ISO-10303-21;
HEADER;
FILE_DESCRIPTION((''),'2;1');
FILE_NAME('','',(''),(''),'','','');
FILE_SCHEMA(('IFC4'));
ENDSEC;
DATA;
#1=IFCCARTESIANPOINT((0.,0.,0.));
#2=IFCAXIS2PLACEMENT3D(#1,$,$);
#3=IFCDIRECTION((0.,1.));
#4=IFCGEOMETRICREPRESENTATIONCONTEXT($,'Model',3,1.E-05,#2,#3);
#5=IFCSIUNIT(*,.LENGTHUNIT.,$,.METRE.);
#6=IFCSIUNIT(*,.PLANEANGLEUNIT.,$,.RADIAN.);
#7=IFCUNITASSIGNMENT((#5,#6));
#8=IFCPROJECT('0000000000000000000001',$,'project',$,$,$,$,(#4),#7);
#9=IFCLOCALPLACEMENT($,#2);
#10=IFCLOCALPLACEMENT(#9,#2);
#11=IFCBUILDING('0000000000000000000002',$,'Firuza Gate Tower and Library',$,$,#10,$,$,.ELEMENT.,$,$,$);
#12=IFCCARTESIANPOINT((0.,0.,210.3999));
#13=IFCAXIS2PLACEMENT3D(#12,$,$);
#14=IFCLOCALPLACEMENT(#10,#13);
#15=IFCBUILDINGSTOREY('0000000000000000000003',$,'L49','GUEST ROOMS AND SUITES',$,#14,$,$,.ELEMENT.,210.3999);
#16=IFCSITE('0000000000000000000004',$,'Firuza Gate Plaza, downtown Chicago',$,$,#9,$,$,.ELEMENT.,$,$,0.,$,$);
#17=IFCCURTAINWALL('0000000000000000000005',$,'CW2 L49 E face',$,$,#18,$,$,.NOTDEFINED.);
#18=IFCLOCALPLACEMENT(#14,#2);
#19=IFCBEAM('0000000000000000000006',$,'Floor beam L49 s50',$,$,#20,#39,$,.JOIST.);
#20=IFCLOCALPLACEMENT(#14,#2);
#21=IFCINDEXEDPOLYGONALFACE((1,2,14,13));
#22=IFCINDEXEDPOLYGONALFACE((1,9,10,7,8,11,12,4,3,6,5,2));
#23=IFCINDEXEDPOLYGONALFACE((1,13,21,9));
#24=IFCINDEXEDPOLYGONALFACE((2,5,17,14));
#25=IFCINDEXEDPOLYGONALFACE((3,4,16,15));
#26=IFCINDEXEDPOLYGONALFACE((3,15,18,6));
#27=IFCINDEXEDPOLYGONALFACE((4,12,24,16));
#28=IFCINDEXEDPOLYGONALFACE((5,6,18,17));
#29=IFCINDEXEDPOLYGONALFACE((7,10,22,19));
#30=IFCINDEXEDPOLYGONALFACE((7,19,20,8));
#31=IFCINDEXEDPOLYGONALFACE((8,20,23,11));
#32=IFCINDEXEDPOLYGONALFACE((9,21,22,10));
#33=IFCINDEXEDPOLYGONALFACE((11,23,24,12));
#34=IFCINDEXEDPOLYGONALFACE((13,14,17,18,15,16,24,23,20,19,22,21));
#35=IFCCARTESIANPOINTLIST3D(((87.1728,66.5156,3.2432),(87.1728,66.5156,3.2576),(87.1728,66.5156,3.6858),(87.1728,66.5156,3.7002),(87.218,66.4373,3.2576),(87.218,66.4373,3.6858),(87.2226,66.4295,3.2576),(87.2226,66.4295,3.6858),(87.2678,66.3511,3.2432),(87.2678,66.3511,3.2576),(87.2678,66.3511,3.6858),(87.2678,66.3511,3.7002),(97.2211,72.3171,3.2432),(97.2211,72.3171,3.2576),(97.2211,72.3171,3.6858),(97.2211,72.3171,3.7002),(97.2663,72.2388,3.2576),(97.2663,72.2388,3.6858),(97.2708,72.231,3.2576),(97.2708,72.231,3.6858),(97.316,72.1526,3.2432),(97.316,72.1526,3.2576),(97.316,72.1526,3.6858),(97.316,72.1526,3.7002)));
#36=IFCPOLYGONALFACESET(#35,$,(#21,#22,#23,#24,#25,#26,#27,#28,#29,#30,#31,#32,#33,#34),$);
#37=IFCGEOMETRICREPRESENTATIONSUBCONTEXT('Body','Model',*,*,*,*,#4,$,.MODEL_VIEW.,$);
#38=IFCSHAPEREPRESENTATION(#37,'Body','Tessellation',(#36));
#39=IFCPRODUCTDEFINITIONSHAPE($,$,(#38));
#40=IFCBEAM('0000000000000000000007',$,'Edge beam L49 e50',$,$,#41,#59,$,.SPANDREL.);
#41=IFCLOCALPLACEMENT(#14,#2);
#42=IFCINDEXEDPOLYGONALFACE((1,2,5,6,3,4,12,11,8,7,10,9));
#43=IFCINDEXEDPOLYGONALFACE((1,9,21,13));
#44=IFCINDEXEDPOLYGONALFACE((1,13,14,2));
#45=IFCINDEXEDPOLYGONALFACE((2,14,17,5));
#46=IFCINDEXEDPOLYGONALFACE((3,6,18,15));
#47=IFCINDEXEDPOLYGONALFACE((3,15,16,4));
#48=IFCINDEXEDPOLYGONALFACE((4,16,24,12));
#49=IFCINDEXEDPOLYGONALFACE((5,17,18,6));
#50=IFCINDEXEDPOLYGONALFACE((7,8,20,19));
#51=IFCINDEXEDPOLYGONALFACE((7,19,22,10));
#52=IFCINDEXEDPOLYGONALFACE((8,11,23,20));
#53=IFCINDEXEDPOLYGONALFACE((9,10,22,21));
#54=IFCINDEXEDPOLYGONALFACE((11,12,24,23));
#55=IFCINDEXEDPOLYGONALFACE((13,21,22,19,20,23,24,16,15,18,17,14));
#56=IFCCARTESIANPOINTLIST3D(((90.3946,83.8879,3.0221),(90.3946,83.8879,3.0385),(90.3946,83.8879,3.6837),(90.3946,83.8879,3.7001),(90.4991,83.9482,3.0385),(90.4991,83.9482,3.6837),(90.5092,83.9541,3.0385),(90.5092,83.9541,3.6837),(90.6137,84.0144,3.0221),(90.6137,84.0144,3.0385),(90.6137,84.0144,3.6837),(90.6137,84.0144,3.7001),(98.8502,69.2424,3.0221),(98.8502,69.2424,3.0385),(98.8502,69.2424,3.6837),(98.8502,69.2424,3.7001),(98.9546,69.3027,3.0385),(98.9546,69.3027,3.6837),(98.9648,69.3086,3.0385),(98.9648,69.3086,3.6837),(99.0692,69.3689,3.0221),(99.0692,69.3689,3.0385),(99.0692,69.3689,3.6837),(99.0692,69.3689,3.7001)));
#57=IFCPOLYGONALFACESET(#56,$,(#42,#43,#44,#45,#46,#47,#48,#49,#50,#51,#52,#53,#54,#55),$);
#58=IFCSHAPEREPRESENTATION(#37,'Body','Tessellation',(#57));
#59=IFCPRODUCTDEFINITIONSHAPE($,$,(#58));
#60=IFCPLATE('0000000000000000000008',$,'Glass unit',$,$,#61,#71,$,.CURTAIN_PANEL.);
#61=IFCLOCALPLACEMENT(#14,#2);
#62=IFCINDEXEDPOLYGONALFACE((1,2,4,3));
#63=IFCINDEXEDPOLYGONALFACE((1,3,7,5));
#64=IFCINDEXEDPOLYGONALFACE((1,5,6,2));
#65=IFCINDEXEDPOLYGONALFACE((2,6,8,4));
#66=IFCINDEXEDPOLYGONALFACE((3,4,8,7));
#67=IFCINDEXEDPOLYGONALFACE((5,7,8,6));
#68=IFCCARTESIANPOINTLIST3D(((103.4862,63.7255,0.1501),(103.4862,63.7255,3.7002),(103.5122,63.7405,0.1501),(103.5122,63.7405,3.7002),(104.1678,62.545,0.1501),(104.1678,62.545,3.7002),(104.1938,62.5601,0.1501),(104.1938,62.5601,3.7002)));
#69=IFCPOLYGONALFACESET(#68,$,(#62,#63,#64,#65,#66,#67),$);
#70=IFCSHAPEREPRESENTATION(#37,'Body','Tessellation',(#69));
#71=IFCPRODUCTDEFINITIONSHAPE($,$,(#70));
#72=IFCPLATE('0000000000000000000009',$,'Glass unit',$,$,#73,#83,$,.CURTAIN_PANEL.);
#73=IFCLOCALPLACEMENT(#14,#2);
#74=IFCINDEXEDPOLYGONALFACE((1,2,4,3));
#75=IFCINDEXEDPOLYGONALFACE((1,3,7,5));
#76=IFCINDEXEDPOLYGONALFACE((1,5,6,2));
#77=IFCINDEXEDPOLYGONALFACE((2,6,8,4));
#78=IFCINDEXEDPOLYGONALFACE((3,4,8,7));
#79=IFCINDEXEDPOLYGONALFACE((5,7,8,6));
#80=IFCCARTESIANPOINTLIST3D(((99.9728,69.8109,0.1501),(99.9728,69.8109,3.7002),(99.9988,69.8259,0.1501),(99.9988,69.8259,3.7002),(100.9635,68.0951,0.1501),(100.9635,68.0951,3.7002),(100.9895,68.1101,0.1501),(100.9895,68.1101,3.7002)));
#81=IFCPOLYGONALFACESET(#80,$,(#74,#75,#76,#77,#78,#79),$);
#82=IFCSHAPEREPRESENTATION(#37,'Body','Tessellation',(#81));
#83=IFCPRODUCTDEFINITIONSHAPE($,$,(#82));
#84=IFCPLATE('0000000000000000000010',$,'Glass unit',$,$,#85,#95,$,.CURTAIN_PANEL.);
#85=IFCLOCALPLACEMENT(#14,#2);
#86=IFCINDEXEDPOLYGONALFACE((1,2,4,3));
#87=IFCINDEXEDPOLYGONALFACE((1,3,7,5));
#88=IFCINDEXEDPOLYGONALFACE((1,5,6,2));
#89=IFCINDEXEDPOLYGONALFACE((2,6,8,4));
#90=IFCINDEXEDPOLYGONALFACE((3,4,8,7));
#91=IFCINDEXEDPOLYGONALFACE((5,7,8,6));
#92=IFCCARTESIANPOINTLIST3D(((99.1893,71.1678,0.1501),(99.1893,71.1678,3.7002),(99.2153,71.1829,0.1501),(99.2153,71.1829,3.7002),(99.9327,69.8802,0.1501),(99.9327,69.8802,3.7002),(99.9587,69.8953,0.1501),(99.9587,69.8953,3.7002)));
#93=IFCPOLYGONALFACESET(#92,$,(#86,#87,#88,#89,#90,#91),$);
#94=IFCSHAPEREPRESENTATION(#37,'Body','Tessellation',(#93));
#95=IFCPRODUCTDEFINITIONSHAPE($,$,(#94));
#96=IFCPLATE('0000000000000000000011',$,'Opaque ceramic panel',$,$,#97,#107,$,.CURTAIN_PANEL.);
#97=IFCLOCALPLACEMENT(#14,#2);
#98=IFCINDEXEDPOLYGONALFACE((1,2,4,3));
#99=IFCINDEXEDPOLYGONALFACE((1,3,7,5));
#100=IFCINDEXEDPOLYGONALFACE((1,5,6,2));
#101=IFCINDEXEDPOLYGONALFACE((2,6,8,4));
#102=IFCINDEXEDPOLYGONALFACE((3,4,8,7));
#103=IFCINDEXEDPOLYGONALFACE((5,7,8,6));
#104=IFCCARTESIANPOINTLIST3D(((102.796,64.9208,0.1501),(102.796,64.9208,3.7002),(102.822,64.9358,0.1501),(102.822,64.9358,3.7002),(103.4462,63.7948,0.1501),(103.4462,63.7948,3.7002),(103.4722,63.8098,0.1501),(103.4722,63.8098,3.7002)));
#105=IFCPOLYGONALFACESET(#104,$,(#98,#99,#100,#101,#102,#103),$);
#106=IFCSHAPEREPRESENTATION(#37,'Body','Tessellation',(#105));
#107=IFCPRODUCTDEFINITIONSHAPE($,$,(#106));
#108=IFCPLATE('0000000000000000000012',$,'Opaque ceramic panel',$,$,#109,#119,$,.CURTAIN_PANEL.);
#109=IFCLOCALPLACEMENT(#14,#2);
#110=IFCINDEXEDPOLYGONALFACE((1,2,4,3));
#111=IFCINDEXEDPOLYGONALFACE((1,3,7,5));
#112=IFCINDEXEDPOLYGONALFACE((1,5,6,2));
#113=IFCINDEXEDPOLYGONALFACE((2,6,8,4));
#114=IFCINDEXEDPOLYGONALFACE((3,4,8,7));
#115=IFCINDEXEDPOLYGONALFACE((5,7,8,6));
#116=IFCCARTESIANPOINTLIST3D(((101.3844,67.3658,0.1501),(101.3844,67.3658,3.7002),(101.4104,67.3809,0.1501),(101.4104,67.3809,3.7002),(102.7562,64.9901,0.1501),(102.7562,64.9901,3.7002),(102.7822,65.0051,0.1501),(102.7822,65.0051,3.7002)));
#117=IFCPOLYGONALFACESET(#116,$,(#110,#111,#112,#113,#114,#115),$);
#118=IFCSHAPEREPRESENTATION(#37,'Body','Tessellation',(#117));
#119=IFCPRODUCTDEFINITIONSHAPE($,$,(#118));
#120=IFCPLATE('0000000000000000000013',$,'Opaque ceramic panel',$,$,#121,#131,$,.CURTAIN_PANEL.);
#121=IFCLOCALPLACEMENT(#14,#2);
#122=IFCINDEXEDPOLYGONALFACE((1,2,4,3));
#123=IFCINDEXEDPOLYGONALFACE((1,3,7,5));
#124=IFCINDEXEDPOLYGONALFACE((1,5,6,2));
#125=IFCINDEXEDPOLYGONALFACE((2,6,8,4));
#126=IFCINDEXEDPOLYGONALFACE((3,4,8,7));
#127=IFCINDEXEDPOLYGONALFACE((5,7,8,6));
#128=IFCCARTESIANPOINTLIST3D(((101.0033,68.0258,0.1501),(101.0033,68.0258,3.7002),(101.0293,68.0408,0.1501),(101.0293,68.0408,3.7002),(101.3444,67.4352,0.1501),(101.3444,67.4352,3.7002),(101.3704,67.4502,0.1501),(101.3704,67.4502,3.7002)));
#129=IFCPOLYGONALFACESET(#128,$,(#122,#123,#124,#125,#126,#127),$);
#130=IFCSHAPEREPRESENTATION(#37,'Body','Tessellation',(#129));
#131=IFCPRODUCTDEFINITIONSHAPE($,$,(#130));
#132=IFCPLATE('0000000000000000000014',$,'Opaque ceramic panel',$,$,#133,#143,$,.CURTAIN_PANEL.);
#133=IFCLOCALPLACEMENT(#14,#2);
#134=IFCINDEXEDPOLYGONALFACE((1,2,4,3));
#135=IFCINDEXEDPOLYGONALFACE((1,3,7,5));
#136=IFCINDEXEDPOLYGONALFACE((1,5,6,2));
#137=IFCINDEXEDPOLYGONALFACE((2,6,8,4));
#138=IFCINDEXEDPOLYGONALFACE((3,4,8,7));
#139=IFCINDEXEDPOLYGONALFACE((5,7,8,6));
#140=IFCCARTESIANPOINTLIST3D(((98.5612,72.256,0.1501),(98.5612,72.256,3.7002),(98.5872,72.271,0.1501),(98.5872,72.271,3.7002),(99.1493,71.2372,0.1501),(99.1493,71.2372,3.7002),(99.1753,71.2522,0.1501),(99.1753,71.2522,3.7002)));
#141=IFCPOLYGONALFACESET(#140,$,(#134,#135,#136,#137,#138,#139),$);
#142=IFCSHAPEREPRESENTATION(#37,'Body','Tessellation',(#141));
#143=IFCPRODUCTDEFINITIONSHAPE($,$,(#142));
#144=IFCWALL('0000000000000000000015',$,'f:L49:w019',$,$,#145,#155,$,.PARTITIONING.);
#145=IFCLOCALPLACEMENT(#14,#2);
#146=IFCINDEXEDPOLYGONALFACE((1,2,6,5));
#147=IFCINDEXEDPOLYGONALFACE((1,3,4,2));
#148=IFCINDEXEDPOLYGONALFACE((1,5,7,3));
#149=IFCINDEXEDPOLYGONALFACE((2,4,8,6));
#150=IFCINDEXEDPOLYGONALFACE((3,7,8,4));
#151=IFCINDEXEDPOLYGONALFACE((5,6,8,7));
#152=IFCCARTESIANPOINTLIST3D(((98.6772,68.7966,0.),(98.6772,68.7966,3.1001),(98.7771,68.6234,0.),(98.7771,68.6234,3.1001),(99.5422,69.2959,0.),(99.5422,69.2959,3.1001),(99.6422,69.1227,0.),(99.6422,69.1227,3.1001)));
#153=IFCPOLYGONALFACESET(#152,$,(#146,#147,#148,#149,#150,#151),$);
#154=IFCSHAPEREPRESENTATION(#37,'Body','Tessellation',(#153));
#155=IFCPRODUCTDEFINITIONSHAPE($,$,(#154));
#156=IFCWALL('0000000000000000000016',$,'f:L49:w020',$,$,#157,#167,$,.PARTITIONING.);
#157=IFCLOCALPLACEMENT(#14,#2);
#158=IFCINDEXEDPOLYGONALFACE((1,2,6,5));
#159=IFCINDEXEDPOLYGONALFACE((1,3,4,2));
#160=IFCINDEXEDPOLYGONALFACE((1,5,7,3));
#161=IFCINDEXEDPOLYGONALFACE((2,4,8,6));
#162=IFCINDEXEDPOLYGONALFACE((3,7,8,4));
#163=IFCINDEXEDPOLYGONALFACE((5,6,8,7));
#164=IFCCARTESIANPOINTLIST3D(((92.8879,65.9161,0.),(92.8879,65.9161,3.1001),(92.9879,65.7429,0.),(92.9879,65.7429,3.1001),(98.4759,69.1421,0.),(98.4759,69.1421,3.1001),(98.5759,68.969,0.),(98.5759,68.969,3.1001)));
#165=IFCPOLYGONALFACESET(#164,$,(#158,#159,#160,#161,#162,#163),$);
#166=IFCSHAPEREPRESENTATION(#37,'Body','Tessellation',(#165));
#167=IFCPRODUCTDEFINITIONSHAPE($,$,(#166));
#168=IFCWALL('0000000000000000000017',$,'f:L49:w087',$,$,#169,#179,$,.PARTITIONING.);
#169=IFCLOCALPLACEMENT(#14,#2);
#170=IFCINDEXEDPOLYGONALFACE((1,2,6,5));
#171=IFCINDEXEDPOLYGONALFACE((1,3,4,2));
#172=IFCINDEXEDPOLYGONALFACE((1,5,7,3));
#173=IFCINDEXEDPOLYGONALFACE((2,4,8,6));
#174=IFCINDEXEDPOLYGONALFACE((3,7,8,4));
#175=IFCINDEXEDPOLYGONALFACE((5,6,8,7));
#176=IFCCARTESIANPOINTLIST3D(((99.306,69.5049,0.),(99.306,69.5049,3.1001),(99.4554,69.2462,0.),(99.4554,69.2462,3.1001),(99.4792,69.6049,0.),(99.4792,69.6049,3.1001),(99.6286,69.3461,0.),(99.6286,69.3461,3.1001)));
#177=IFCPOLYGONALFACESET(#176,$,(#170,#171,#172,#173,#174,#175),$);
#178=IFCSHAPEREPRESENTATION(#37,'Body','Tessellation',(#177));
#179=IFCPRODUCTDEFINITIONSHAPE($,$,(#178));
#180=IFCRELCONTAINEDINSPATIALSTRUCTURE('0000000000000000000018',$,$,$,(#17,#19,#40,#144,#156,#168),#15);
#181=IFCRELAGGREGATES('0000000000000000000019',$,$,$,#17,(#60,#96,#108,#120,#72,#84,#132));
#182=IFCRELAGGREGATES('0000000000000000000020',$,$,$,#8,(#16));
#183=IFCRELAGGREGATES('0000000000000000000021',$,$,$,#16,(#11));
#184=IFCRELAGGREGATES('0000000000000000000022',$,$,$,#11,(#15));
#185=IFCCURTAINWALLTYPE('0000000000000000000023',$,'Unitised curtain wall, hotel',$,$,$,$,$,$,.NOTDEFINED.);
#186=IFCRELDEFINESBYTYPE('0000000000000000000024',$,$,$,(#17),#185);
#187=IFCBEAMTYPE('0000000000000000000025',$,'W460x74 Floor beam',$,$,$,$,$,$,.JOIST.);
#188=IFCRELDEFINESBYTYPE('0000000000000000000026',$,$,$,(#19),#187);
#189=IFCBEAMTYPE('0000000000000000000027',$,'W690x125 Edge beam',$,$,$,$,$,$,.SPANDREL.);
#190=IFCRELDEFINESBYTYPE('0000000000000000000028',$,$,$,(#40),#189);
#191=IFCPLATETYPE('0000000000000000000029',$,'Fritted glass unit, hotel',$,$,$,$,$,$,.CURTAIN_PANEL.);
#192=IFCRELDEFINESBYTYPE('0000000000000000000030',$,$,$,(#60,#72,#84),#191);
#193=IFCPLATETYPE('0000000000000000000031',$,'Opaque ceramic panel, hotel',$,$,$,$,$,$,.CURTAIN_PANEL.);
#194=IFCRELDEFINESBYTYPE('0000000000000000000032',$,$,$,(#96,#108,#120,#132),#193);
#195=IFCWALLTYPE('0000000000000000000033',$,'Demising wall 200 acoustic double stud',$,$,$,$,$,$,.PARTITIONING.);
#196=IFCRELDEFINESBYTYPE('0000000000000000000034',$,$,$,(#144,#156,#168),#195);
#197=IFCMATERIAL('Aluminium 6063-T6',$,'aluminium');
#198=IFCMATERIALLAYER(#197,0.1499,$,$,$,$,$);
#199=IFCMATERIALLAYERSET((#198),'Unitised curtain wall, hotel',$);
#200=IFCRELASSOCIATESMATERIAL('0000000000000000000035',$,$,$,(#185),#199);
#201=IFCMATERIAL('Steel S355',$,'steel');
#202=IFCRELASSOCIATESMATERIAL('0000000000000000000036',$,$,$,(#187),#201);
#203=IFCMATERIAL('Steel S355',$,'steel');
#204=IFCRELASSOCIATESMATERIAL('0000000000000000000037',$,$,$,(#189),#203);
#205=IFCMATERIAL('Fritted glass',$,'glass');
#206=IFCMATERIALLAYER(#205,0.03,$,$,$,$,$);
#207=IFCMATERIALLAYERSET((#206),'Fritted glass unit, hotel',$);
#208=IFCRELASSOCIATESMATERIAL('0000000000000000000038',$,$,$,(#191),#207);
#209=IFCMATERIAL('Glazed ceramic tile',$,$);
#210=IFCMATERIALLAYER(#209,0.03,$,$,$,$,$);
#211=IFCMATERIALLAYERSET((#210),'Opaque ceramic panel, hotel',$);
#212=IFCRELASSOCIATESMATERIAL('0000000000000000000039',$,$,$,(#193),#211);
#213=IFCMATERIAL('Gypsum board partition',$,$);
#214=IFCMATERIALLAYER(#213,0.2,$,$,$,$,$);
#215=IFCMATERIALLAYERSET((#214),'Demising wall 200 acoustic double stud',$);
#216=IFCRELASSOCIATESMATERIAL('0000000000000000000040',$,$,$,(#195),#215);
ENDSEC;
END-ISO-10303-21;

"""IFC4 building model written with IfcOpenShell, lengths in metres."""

from ifc_helpers import new_model, si_unit, direction, frame, frame_2d, origin, origin_2d, place, context, subcontext, project, spatial, polyline, rectangle, i_section, outline, extrude, material, layer, layer_set, material_profile, profile_set, type_object, element, aggregate, save


model = new_model("IFC4")

# Units and contexts
model_context = context("Model", 3, precision=1e-05, world=origin(), true_north=direction((0.0, 1.0)))
body_context = subcontext(model_context, "Body", "Model", "MODEL_VIEW")
ifc_project = project(units=[si_unit("LENGTHUNIT", "METRE"), si_unit("PLANEANGLEUNIT", "RADIAN")], contexts=[model_context])

# Site, building, storey
site_placement = place(None, origin())
site = spatial("IfcSite", under=ifc_project, at=site_placement, Name="Firuza Gate Plaza, downtown Chicago", CompositionType="ELEMENT", RefElevation=0.0)
building_placement = place(site_placement, origin())
building = spatial("IfcBuilding", under=site, at=building_placement, Name="Firuza Gate Tower and Library", CompositionType="ELEMENT")
storey_placement = place(building_placement, frame((0.0, 0.0, 210.3999)))
storey = spatial("IfcBuildingStorey", under=building, at=storey_placement, Name="L49", Description="GUEST ROOMS AND SUITES", CompositionType="ELEMENT", Elevation=210.3999)

# Curtain wall
ifc_material_1 = material(Name="Aluminium 6063-T6", Category="aluminium")
ifc_layer_1 = layer(ifc_material_1, 0.1499)
ifc_layer_set_1 = layer_set([ifc_layer_1], Name="Unitised curtain wall, hotel")
curtain_wall_type = type_object("IfcCurtainWallType", Name="Unitised curtain wall, hotel", PredefinedType="NOTDEFINED", material=ifc_layer_set_1)
curtain_wall_placement = place(storey_placement, origin())
curtain_wall = element("IfcCurtainWall", 1, at=curtain_wall_placement, inside=storey, type_object=curtain_wall_type, Name="CW2 L49 E face", PredefinedType="NOTDEFINED")

# Beams
ifc_material_2 = material(Name="Steel S355", Category="steel")
ifc_material_profile_1 = material_profile(ifc_material_2, i_section(OverallWidth=0.1899, OverallDepth=0.457, WebThickness=0.009, FlangeThickness=0.0144, at=origin_2d()))
ifc_profile_set_1 = profile_set([ifc_material_profile_1], Name="Steel S355")
beam_type_1 = type_object("IfcBeamType", Name="W460x74 Floor beam", PredefinedType="JOIST", material=ifc_profile_set_1)
beam_1_placement = place(storey_placement, frame((97.2686, 72.2349, 3.4717), z_axis=(-0.866022, -0.500007, 0.0), x_axis=(0.500007, -0.866022, 0.0)))
element("IfcBeam", 2, at=beam_1_placement, inside=storey, type_object=beam_type_1, Name="Floor beam L49 s50", PredefinedType="JOIST", context=body_context, shape_type="SweptSolid", body=[
    extrude(i_section(OverallWidth=0.1899, OverallDepth=0.457, WebThickness=0.009, FlangeThickness=0.0144, at=origin_2d()), origin(), (0.0, 0.0, 1.0), 11.6028),
])
ifc_material_3 = material(Name="Steel S355", Category="steel")
ifc_material_profile_2 = material_profile(ifc_material_3, i_section(OverallWidth=0.2529, OverallDepth=0.678, WebThickness=0.0117, FlangeThickness=0.0164, at=origin_2d()))
ifc_profile_set_2 = profile_set([ifc_material_profile_2], Name="Steel S355")
beam_type_2 = type_object("IfcBeamType", Name="W690x125 Edge beam", PredefinedType="SPANDREL", material=ifc_profile_set_2)
beam_2_placement = place(storey_placement, frame((98.9597, 69.3057, 3.3611), z_axis=(-0.499999, 0.866026, 0.0), x_axis=(-0.866026, -0.499999, 0.0)))
element("IfcBeam", 3, at=beam_2_placement, inside=storey, type_object=beam_type_2, Name="Edge beam L49 e50", PredefinedType="SPANDREL", context=body_context, shape_type="SweptSolid", body=[
    extrude(i_section(OverallWidth=0.2529, OverallDepth=0.678, WebThickness=0.0117, FlangeThickness=0.0164, at=origin_2d()), origin(), (0.0, 0.0, 1.0), 16.9111),
])

# Plates
ifc_material_4 = material(Name="Fritted glass", Category="glass")
ifc_layer_2 = layer(ifc_material_4, 0.03)
ifc_layer_set_2 = layer_set([ifc_layer_2], Name="Fritted glass unit, hotel")
plate_type_1 = type_object("IfcPlateType", Name="Fritted glass unit, hotel", PredefinedType="CURTAIN_PANEL", material=ifc_layer_set_2)
plate_1_placement = place(storey_placement, frame((104.1938, 62.5601, 0.1501), z_axis=(0.865986, 0.500069, 0.0), x_axis=(-0.500069, 0.865986, 0.0)))
plate_1 = element("IfcPlate", 4, at=plate_1_placement, type_object=plate_type_1, Name="Glass unit", PredefinedType="CURTAIN_PANEL", context=body_context, shape_type="SweptSolid", body=[
    extrude(outline(polyline([(0.0, 0.0), (1.3631, 0.0), (1.3631, 3.55), (0.0, 3.55), (0.0, 0.0)])), origin(), (0.0, 0.0, -1.0), 0.03),
])
plate_2_placement = place(storey_placement, frame((100.9895, 68.1101, 0.1501), z_axis=(0.866005, 0.500035, 0.0), x_axis=(-0.500035, 0.866005, 0.0)))
plate_2 = element("IfcPlate", 5, at=plate_2_placement, type_object=plate_type_1, Name="Glass unit", PredefinedType="CURTAIN_PANEL", context=body_context, shape_type="SweptSolid", body=[
    extrude(outline(polyline([(0.0, 0.0), (1.9813, 0.0), (1.9813, 3.55), (0.0, 3.55), (0.0, 0.0)])), origin(), (0.0, 0.0, -1.0), 0.03),
])
plate_3_placement = place(storey_placement, frame((99.9587, 69.8953, 0.1501), z_axis=(0.866022, 0.500007, 0.0), x_axis=(-0.500007, 0.866022, 0.0)))
plate_3 = element("IfcPlate", 6, at=plate_3_placement, type_object=plate_type_1, Name="Glass unit", PredefinedType="CURTAIN_PANEL", context=body_context, shape_type="SweptSolid", body=[
    extrude(outline(polyline([(0.0, 0.0), (1.4868, 0.0), (1.4868, 3.55), (0.0, 3.55), (0.0, 0.0)])), origin(), (0.0, 0.0, -1.0), 0.03),
])
ifc_material_5 = material(Name="Glazed ceramic tile")
ifc_layer_3 = layer(ifc_material_5, 0.03)
ifc_layer_set_3 = layer_set([ifc_layer_3], Name="Opaque ceramic panel, hotel")
plate_type_2 = type_object("IfcPlateType", Name="Opaque ceramic panel, hotel", PredefinedType="CURTAIN_PANEL", material=ifc_layer_set_3)
plate_4_placement = place(storey_placement, frame((103.4722, 63.8098, 0.1501), z_axis=(0.866004, 0.500037, 0.0), x_axis=(-0.500037, 0.866004, 0.0)))
plate_4 = element("IfcPlate", 7, at=plate_4_placement, type_object=plate_type_2, Name="Opaque ceramic panel", PredefinedType="CURTAIN_PANEL", context=body_context, shape_type="SweptSolid", body=[
    extrude(outline(polyline([(0.0, 0.0), (1.3002, 0.0), (1.3002, 3.55), (0.0, 3.55), (0.0, 0.0)])), origin(), (0.0, 0.0, -1.0), 0.03),
])
plate_5_placement = place(storey_placement, frame((102.7822, 65.0051, 0.1501), z_axis=(0.865994, 0.500054, 0.0), x_axis=(-0.500054, 0.865994, 0.0)))
plate_5 = element("IfcPlate", 8, at=plate_5_placement, type_object=plate_type_2, Name="Opaque ceramic panel", PredefinedType="CURTAIN_PANEL", context=body_context, shape_type="SweptSolid", body=[
    extrude(outline(polyline([(0.0, 0.0), (2.7434, 0.0), (2.7434, 3.55), (0.0, 3.55), (0.0, 0.0)])), origin(), (0.0, 0.0, -1.0), 0.03),
])
plate_6_placement = place(storey_placement, frame((101.3704, 67.4502, 0.1501), z_axis=(0.865965, 0.500105, 0.0), x_axis=(-0.500105, 0.865965, 0.0)))
plate_6 = element("IfcPlate", 9, at=plate_6_placement, type_object=plate_type_2, Name="Opaque ceramic panel", PredefinedType="CURTAIN_PANEL", context=body_context, shape_type="SweptSolid", body=[
    extrude(outline(polyline([(0.0, 0.0), (0.682, 0.0), (0.682, 3.55), (0.0, 3.55), (0.0, 0.0)])), origin(), (0.0, 0.0, -1.0), 0.03),
])
plate_7_placement = place(storey_placement, frame((99.1753, 71.2522, 0.1501), z_axis=(0.866051, 0.499956, 0.0), x_axis=(-0.499956, 0.866051, 0.0)))
plate_7 = element("IfcPlate", 10, at=plate_7_placement, type_object=plate_type_2, Name="Opaque ceramic panel", PredefinedType="CURTAIN_PANEL", context=body_context, shape_type="SweptSolid", body=[
    extrude(outline(polyline([(0.0, 0.0), (1.1764, 0.0), (1.1764, 3.55), (0.0, 3.55), (0.0, 0.0)])), origin(), (0.0, 0.0, -1.0), 0.03),
])
aggregate(curtain_wall, [plate_1, plate_4, plate_5, plate_6, plate_2, plate_3, plate_7])

# Walls
ifc_material_6 = material(Name="Gypsum board partition")
ifc_layer_4 = layer(ifc_material_6, 0.2)
ifc_layer_set_4 = layer_set([ifc_layer_4], Name="Demising wall 200 acoustic double stud")
wall_type_1 = type_object("IfcWallType", Name="Demising wall 200 acoustic double stud", PredefinedType="PARTITIONING", material=ifc_layer_set_4)
wall_1_placement = place(storey_placement, frame((98.7271, 68.71, 0.0), z_axis=(0.0, 0.0, 1.0), x_axis=(0.866084, 0.499899, 0.0)))
element("IfcWall", 11, at=wall_1_placement, inside=storey, type_object=wall_type_1, Name="f:L49:w019", PredefinedType="PARTITIONING", context=body_context, shape_type="SweptSolid", body=[
    extrude(rectangle(XDim=0.9988, YDim=0.2, at=frame_2d((0.4995, 0.0))), origin(), (0.0, 0.0, 1.0), 3.1001),
])
wall_2_placement = place(storey_placement, frame((92.938, 65.8296, 0.0), z_axis=(0.0, 0.0, 1.0), x_axis=(0.866041, 0.499972, 0.0)))
element("IfcWall", 12, at=wall_2_placement, inside=storey, type_object=wall_type_1, Name="f:L49:w020", PredefinedType="PARTITIONING", context=body_context, shape_type="SweptSolid", body=[
    extrude(rectangle(XDim=6.4524, YDim=0.2, at=frame_2d((3.2261, 0.0))), origin(), (0.0, 0.0, 1.0), 3.1001),
])
wall_3_placement = place(storey_placement, frame((99.542, 69.2961, 0.0), z_axis=(0.0, 0.0, 1.0), x_axis=(-0.500005, 0.866022, 0.0)))
element("IfcWall", 13, at=wall_3_placement, inside=storey, type_object=wall_type_1, Name="f:L49:w087", PredefinedType="PARTITIONING", context=body_context, shape_type="SweptSolid", body=[
    extrude(rectangle(XDim=0.2988, YDim=0.2, at=frame_2d((0.1494, 0.0))), origin(), (0.0, 0.0, 1.0), 3.1001),
])

save(model, "model.ifc")
